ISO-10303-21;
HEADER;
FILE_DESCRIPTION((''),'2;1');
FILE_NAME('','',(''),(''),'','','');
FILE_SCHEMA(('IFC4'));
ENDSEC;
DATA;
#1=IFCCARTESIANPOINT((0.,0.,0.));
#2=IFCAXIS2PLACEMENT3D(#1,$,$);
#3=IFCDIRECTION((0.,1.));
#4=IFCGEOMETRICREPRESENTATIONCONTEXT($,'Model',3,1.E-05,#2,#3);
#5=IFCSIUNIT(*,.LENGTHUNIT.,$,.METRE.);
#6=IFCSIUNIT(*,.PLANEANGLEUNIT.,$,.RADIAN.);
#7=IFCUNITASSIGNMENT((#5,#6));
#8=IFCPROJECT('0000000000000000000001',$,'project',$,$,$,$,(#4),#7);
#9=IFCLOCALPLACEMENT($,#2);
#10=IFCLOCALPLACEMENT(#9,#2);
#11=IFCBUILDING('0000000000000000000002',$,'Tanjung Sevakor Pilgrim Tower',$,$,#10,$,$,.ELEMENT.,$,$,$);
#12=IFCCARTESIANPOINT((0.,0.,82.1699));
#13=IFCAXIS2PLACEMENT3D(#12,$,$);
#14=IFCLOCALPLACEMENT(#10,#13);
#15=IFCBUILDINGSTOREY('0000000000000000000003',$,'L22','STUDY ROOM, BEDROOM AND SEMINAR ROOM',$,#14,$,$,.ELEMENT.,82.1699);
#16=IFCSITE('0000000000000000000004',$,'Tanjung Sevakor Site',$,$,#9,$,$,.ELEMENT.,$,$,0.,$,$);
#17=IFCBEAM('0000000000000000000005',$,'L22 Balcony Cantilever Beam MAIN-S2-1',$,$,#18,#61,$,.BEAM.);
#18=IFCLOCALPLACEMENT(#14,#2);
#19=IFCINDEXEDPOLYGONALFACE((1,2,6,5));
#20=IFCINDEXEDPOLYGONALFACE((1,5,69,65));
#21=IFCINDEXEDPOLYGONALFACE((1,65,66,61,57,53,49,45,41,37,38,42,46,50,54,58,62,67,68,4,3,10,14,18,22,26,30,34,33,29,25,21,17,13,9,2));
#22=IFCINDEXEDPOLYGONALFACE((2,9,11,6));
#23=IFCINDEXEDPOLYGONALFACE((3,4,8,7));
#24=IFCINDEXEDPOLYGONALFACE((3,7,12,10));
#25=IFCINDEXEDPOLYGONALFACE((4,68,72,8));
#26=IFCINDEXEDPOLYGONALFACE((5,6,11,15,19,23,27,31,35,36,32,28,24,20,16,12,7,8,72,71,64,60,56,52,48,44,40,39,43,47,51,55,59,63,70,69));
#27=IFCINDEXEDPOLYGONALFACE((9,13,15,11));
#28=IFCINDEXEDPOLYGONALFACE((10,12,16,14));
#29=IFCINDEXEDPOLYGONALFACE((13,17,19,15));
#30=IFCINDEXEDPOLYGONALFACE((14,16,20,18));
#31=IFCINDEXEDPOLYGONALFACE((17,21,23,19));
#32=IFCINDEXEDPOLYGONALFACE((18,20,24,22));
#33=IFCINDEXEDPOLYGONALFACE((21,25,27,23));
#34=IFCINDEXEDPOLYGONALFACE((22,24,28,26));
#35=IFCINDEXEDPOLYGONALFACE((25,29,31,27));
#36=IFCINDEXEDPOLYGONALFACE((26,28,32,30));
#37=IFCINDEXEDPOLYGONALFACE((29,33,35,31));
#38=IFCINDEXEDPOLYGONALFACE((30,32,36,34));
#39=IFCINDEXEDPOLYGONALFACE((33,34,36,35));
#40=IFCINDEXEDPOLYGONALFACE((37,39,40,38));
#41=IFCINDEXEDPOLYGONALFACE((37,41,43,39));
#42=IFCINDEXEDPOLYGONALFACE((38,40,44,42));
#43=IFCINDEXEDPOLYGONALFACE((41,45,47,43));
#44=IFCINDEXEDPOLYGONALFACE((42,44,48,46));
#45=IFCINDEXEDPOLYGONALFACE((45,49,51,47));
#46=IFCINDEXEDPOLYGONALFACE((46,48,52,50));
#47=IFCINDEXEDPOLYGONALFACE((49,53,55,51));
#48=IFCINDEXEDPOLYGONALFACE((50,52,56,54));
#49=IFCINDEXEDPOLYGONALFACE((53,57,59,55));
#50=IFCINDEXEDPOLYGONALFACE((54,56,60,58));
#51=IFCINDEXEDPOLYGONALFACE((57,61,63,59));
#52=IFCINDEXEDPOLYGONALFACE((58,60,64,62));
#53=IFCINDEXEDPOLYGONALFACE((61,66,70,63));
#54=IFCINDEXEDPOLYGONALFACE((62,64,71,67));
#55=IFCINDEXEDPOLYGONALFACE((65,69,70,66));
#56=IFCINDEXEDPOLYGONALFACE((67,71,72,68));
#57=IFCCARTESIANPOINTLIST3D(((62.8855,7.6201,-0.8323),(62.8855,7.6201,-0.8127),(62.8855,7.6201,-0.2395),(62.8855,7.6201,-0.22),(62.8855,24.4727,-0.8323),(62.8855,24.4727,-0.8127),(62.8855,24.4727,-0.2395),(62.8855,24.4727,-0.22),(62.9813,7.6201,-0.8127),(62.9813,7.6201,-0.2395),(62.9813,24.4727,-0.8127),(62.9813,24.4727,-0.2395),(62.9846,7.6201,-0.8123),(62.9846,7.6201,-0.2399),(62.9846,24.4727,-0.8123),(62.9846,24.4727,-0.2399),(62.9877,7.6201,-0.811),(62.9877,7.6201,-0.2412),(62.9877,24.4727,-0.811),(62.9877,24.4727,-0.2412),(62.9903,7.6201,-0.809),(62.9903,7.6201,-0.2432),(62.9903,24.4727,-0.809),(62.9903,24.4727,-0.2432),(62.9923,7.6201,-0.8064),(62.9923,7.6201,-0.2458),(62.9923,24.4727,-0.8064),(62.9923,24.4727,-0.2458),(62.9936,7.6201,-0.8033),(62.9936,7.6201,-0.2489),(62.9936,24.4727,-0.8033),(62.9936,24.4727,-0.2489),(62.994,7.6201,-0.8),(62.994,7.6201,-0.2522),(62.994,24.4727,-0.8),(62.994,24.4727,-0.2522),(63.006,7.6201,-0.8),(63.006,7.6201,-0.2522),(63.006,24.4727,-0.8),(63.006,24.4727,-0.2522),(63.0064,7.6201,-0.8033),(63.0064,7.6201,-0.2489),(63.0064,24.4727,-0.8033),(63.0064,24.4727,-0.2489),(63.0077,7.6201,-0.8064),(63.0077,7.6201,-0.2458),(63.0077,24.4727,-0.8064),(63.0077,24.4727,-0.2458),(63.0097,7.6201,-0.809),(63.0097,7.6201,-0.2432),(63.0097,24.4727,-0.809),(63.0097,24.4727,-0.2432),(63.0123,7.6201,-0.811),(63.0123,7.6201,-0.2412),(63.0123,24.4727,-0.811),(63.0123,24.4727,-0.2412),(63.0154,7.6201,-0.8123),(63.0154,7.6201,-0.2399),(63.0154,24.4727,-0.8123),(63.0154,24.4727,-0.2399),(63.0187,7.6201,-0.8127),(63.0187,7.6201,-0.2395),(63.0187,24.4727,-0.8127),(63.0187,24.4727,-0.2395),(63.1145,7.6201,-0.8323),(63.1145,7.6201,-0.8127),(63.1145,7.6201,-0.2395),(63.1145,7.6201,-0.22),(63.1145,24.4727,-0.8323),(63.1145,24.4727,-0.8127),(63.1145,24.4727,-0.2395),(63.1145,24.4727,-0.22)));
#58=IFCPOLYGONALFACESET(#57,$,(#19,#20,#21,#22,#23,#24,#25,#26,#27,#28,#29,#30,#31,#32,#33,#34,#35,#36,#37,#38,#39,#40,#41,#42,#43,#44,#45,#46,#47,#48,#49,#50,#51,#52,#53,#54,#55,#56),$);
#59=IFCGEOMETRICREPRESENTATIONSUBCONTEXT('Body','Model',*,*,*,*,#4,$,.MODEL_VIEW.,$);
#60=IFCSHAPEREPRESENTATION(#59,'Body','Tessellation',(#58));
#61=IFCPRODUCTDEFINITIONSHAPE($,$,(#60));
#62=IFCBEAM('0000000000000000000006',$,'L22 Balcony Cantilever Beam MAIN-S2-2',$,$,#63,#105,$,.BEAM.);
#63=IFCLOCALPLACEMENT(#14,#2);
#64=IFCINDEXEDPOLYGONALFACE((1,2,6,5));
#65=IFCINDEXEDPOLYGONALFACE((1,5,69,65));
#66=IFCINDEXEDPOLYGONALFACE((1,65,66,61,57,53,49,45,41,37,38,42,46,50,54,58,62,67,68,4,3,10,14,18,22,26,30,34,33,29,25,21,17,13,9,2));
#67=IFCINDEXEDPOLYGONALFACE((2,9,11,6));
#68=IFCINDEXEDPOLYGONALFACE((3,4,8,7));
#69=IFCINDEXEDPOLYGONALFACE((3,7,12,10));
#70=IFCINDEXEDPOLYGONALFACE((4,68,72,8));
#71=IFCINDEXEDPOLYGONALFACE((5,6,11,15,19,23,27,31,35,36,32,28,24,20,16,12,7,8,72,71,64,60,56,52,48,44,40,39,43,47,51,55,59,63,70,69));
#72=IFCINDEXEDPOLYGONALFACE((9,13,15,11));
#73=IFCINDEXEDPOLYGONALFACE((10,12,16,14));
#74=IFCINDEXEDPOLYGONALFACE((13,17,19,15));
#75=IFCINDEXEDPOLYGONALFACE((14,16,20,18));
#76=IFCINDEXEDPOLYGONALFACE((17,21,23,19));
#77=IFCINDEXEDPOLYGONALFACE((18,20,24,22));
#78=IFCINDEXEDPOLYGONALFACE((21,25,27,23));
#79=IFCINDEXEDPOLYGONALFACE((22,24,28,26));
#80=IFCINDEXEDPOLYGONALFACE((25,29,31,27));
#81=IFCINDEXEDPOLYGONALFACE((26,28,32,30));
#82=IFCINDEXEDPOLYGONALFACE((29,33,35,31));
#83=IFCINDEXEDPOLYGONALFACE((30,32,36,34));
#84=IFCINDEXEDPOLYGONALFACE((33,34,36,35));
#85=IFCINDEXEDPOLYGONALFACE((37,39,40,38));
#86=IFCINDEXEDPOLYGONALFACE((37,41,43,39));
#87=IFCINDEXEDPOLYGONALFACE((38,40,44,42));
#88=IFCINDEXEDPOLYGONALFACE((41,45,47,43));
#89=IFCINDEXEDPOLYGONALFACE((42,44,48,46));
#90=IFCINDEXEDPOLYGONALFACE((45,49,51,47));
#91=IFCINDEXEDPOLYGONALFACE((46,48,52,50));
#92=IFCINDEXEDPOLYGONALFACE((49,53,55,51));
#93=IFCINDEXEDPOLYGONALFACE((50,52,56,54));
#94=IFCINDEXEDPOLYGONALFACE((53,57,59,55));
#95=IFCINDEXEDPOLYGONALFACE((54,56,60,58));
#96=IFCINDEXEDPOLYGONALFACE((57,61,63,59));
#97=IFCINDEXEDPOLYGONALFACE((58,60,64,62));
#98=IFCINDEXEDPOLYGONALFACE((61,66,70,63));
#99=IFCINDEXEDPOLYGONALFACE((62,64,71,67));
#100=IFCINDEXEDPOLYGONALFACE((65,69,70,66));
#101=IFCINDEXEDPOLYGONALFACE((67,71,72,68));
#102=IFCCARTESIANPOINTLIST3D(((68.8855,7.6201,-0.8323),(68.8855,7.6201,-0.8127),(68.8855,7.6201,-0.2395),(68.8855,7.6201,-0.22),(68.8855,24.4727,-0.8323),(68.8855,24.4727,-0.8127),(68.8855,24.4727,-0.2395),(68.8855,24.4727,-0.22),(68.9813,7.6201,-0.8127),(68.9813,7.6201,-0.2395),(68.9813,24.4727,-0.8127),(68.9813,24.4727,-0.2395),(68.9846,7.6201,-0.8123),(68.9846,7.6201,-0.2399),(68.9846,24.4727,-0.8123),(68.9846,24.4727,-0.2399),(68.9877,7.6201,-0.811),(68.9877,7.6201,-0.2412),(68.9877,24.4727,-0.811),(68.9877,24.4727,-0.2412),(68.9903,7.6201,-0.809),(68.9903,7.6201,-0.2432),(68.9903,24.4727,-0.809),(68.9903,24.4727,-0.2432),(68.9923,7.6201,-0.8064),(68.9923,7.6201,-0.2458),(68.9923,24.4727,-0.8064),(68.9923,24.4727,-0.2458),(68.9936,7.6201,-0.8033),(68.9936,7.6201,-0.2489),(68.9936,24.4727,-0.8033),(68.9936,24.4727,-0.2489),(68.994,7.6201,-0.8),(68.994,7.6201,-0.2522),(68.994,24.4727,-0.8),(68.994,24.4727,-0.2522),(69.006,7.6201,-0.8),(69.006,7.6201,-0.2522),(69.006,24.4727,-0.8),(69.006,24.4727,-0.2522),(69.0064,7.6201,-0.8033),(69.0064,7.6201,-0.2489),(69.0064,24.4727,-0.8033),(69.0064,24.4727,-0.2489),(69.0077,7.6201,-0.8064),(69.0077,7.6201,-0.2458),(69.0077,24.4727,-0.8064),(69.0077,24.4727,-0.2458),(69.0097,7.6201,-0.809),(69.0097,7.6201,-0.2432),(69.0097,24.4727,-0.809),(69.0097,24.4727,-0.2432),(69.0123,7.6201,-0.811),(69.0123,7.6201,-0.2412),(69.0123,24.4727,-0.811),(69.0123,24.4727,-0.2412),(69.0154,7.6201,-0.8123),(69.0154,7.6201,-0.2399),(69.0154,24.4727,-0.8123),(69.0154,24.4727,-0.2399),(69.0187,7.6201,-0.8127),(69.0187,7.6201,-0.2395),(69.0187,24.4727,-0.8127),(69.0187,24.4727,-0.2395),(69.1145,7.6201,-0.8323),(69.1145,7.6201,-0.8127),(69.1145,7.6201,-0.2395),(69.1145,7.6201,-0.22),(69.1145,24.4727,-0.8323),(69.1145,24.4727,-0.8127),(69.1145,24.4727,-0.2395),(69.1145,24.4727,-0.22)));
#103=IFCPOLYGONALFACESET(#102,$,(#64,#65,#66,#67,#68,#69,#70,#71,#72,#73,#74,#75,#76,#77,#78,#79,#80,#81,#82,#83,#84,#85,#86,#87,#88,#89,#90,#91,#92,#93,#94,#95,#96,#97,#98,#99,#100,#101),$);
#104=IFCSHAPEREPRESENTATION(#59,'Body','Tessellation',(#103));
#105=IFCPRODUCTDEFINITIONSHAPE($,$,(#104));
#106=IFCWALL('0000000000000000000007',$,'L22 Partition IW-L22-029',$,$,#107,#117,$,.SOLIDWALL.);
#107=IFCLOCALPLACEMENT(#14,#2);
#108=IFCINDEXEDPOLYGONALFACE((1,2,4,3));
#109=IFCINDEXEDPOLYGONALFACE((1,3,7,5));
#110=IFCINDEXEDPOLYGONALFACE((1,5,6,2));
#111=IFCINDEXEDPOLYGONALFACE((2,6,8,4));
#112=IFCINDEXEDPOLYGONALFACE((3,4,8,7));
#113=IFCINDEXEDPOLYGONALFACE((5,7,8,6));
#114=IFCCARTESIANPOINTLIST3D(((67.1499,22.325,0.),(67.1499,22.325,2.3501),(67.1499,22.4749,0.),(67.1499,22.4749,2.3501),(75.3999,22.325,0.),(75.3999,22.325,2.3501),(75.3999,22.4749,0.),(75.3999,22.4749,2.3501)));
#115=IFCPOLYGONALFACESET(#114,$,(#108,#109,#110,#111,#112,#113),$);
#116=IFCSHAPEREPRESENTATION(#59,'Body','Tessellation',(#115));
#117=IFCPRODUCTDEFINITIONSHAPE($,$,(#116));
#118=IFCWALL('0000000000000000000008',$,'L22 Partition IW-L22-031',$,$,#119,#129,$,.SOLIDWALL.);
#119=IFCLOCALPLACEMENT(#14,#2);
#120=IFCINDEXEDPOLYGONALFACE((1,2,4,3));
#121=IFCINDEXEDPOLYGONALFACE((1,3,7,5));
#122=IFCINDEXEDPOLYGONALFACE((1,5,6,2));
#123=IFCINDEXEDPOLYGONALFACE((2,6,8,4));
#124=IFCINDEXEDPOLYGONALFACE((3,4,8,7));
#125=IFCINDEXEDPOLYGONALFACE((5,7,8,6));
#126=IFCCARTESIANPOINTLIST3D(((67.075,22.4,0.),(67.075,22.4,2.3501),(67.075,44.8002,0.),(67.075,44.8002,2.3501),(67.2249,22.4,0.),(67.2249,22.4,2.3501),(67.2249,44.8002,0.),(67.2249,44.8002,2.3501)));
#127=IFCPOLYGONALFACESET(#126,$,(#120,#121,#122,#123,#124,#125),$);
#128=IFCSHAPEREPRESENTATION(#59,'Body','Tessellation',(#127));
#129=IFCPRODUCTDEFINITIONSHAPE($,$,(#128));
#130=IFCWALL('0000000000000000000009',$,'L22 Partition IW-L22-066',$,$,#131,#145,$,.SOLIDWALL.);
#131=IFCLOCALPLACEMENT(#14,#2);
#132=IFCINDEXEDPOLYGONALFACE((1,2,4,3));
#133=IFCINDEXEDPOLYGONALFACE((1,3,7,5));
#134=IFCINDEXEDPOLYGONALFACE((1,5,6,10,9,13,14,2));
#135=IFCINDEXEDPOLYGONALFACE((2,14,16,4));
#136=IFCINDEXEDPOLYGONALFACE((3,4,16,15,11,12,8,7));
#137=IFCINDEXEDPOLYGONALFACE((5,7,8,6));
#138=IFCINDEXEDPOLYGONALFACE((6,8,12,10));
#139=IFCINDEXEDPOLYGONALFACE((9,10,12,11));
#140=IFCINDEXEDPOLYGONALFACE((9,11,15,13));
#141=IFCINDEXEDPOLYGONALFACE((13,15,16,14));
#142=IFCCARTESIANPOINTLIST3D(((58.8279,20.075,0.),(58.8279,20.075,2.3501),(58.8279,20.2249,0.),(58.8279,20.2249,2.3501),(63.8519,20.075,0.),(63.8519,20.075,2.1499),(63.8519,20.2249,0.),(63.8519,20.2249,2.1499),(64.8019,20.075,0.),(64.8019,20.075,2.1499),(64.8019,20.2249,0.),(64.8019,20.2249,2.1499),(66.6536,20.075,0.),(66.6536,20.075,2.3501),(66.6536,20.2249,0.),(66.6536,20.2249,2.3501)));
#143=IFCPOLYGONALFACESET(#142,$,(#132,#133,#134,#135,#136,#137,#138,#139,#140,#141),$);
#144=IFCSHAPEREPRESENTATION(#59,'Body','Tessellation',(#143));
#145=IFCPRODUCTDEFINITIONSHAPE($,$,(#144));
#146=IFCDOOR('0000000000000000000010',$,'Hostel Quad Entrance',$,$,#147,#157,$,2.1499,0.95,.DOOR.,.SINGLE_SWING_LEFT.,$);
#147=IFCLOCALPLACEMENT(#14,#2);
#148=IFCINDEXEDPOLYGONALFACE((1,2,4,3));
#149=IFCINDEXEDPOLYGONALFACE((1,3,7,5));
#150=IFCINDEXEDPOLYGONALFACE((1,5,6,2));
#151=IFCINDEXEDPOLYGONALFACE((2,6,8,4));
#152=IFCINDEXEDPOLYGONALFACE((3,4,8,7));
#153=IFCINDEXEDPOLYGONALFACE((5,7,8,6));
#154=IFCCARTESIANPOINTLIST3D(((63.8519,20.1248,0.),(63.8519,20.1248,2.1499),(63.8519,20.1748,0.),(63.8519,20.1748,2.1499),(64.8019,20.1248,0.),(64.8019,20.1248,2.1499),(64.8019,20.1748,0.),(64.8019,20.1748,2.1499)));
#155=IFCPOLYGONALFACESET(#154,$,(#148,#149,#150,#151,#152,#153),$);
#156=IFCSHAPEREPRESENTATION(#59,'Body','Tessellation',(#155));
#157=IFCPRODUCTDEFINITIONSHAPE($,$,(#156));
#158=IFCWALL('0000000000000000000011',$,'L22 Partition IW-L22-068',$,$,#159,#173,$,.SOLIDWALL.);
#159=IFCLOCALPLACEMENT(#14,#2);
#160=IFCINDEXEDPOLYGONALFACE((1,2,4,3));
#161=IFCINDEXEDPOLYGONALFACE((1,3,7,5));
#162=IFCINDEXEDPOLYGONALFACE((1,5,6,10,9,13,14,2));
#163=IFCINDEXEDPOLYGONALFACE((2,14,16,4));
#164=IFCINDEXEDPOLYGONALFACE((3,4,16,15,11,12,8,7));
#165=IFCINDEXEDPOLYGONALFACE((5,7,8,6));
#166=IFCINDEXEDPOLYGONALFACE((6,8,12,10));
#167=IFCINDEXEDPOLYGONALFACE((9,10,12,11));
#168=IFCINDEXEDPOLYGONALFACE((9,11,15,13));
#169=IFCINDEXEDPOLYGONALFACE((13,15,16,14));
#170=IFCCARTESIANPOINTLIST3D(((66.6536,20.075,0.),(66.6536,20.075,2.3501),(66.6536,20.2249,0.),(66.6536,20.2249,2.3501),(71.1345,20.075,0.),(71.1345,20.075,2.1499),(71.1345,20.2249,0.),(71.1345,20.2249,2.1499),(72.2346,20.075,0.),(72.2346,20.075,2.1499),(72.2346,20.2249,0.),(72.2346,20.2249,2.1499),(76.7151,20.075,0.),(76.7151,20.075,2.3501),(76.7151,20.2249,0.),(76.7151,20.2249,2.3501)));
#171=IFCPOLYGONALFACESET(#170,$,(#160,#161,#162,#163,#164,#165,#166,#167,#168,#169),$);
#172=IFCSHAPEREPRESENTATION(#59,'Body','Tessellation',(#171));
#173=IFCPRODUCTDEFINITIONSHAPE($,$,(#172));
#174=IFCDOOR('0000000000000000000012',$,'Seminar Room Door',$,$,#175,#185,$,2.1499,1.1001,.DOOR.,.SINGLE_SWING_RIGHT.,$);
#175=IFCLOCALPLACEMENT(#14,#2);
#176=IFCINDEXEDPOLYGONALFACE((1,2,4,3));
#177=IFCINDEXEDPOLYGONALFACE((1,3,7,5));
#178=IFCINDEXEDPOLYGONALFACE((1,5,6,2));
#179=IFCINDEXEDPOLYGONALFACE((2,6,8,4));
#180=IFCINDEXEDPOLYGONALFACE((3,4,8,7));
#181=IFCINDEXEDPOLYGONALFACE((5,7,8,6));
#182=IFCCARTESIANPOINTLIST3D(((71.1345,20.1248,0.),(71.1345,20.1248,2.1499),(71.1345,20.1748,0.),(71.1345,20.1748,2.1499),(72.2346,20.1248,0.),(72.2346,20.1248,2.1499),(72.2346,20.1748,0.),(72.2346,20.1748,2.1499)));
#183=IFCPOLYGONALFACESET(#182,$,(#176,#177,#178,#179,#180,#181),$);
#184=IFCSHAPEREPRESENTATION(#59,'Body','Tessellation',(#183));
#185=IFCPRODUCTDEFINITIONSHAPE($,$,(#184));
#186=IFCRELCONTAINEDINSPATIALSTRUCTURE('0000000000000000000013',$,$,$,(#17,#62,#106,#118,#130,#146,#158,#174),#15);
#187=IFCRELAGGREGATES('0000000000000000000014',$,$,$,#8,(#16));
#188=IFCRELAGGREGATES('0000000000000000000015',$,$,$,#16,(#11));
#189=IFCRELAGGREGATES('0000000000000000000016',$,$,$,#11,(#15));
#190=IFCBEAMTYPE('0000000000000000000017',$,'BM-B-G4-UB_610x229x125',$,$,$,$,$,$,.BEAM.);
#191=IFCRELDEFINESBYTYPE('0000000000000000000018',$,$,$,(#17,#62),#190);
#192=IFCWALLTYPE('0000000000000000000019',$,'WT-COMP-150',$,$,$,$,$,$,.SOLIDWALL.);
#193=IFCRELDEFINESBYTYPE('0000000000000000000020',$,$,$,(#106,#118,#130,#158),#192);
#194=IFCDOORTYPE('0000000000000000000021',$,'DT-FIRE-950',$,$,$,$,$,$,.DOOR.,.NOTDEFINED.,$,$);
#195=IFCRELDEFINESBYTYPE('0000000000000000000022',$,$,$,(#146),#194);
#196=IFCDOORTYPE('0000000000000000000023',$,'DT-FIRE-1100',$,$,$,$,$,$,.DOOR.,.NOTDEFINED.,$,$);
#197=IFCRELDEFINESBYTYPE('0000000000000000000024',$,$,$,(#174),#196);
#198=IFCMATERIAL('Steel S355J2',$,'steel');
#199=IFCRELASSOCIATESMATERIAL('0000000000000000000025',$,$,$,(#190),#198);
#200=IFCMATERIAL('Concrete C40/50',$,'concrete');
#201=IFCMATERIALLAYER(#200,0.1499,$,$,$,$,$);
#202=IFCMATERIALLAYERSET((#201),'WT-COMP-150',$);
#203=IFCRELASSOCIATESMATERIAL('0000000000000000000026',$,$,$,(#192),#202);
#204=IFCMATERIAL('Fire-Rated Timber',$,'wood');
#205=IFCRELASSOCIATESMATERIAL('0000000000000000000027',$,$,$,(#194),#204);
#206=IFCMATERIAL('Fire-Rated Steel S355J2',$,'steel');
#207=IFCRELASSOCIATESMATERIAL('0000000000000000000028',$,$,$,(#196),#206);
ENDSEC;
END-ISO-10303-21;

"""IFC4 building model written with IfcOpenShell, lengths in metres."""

from ifc_helpers import new_model, si_unit, direction, frame, frame_2d, origin, origin_2d, place, context, subcontext, project, spatial, rectangle, i_section, extrude, material, layer, layer_set, material_profile, profile_set, type_object, element, fill, save


model = new_model("IFC4")

# Units and contexts
model_context = context("Model", 3, precision=1e-05, world=origin(), true_north=direction((0.0, 1.0)))
body_context = subcontext(model_context, "Body", "Model", "MODEL_VIEW")
ifc_project = project(units=[si_unit("LENGTHUNIT", "METRE"), si_unit("PLANEANGLEUNIT", "RADIAN")], contexts=[model_context])

# Site, building, storey
site_placement = place(None, origin())
site = spatial("IfcSite", under=ifc_project, at=site_placement, Name="Tanjung Sevakor Site", CompositionType="ELEMENT", RefElevation=0.0)
building_placement = place(site_placement, origin())
building = spatial("IfcBuilding", under=site, at=building_placement, Name="Tanjung Sevakor Pilgrim Tower", CompositionType="ELEMENT")
storey_placement = place(building_placement, frame((0.0, 0.0, 82.1699)))
storey = spatial("IfcBuildingStorey", under=building, at=storey_placement, Name="L22", Description="STUDY ROOM, BEDROOM AND SEMINAR ROOM", CompositionType="ELEMENT", Elevation=82.1699)

# Beams
ifc_material_1 = material(Name="Steel S355J2", Category="steel")
ifc_material_profile_1 = material_profile(ifc_material_1, i_section(OverallWidth=0.229, OverallDepth=0.6123, WebThickness=0.012, FlangeThickness=0.0195, FilletRadius=0.0127, at=origin_2d()))
ifc_profile_set_1 = profile_set([ifc_material_profile_1], Name="Steel S355J2")
beam_type_1 = type_object("IfcBeamType", Name="BM-B-G4-UB_610x229x125", PredefinedType="BEAM", material=ifc_profile_set_1)
for number, where, z_axis, x_axis, name in (
    (1, (63.0, 24.4727, -0.5261), (0.0, -1.0, 0.0), (1.0, 0.0, 0.0), "L22 Balcony Cantilever Beam MAIN-S2-1"),
    (2, (69.0, 24.4727, -0.5261), (0.0, -1.0, 0.0), (1.0, 0.0, 0.0), "L22 Balcony Cantilever Beam MAIN-S2-2"),
):
    element("IfcBeam", number, at=place(storey_placement, frame(where, z_axis=z_axis, x_axis=x_axis)), inside=storey, type_object=beam_type_1, Name=name, PredefinedType="BEAM", context=body_context, shape_type="SweptSolid", body=[
        extrude(i_section(OverallWidth=0.229, OverallDepth=0.6123, WebThickness=0.012, FlangeThickness=0.0195, FilletRadius=0.0127, at=origin_2d()), origin(), (0.0, 0.0, 1.0), 16.8525),
    ])

# Walls
ifc_material_2 = material(Name="Concrete C40/50", Category="concrete")
ifc_layer_1 = layer(ifc_material_2, 0.1499)
ifc_layer_set_1 = layer_set([ifc_layer_1], Name="WT-COMP-150")
wall_type_1 = type_object("IfcWallType", Name="WT-COMP-150", PredefinedType="SOLIDWALL", material=ifc_layer_set_1)
wall_1_placement = place(storey_placement, frame((67.1499, 22.3999, 0.0), z_axis=(0.0, 0.0, 1.0), x_axis=(1.0, 0.0, 0.0)))
element("IfcWall", 3, at=wall_1_placement, inside=storey, type_object=wall_type_1, Name="L22 Partition IW-L22-029", PredefinedType="SOLIDWALL", context=body_context, shape_type="SweptSolid", body=[
    extrude(rectangle(XDim=8.25, YDim=0.1499, at=frame_2d((4.125, 0.0))), origin(), (0.0, 0.0, 1.0), 2.3501),
])
wall_2_placement = place(storey_placement, frame((67.1499, 22.3999, 0.0), z_axis=(0.0, 0.0, 1.0), x_axis=(0.0, 1.0, 0.0)))
element("IfcWall", 4, at=wall_2_placement, inside=storey, type_object=wall_type_1, Name="L22 Partition IW-L22-031", PredefinedType="SOLIDWALL", context=body_context, shape_type="SweptSolid", body=[
    extrude(rectangle(XDim=22.4001, YDim=0.1499, at=frame_2d((11.2002, 0.0))), origin(), (0.0, 0.0, 1.0), 2.3501),
])

# Walls, openings, doors
wall_3_placement = place(storey_placement, frame((58.8279, 20.1499, 0.0), z_axis=(0.0, 0.0, 1.0), x_axis=(1.0, 0.0, 0.0)))
wall_3 = element("IfcWall", 5, at=wall_3_placement, inside=storey, type_object=wall_type_1, Name="L22 Partition IW-L22-066", PredefinedType="SOLIDWALL", context=body_context, shape_type="SweptSolid", body=[
    extrude(rectangle(XDim=7.8257, YDim=0.1499, at=frame_2d((3.9128, 0.0))), origin(), (0.0, 0.0, 1.0), 2.3501),
])
opening_1_placement = place(wall_3_placement, frame((5.0239, 0.0, 0.0)))
opening_1 = element("IfcOpeningElement", 6, at=opening_1_placement, cuts=wall_3, PredefinedType="OPENING", context=body_context, shape_type="SweptSolid", body=[
    extrude(rectangle(XDim=0.95, YDim=2.1499, at=frame_2d((0.4751, 1.075))), frame((0.0, 0.085, 0.0), z_axis=(0.0, -1.0, 0.0), x_axis=(1.0, 0.0, 0.0)), (0.0, 0.0, 1.0), 0.1699),
])
ifc_material_3 = material(Name="Fire-Rated Timber", Category="wood")
door_type_1 = type_object("IfcDoorType", Name="DT-FIRE-950", OperationType="NOTDEFINED", PredefinedType="DOOR", material=ifc_material_3)
door_1_placement = place(opening_1_placement, origin())
door_1 = element("IfcDoor", 7, at=door_1_placement, inside=storey, type_object=door_type_1, Name="Hostel Quad Entrance", OperationType="SINGLE_SWING_LEFT", OverallHeight=2.1499, OverallWidth=0.95, PredefinedType="DOOR", context=body_context, shape_type="SweptSolid", body=[
    extrude(rectangle(XDim=0.95, YDim=2.1499, at=frame_2d((0.4751, 1.075))), frame((0.0, 0.0249, 0.0), z_axis=(0.0, -1.0, 0.0), x_axis=(1.0, 0.0, 0.0)), (0.0, 0.0, 1.0), 0.05),
])
fill(opening_1, door_1)
wall_4_placement = place(storey_placement, frame((66.6536, 20.1499, 0.0), z_axis=(0.0, 0.0, 1.0), x_axis=(1.0, 0.0, 0.0)))
wall_4 = element("IfcWall", 8, at=wall_4_placement, inside=storey, type_object=wall_type_1, Name="L22 Partition IW-L22-068", PredefinedType="SOLIDWALL", context=body_context, shape_type="SweptSolid", body=[
    extrude(rectangle(XDim=10.0615, YDim=0.1499, at=frame_2d((5.0308, 0.0))), origin(), (0.0, 0.0, 1.0), 2.3501),
])
opening_2_placement = place(wall_4_placement, frame((4.481, 0.0, 0.0)))
opening_2 = element("IfcOpeningElement", 9, at=opening_2_placement, cuts=wall_4, PredefinedType="OPENING", context=body_context, shape_type="SweptSolid", body=[
    extrude(rectangle(XDim=1.1001, YDim=2.1499, at=frame_2d((0.55, 1.075))), frame((0.0, 0.085, 0.0), z_axis=(0.0, -1.0, 0.0), x_axis=(1.0, 0.0, 0.0)), (0.0, 0.0, 1.0), 0.1699),
])
ifc_material_4 = material(Name="Fire-Rated Steel S355J2", Category="steel")
door_type_2 = type_object("IfcDoorType", Name="DT-FIRE-1100", OperationType="NOTDEFINED", PredefinedType="DOOR", material=ifc_material_4)
door_2_placement = place(opening_2_placement, origin())
door_2 = element("IfcDoor", 10, at=door_2_placement, inside=storey, type_object=door_type_2, Name="Seminar Room Door", OperationType="SINGLE_SWING_RIGHT", OverallHeight=2.1499, OverallWidth=1.1001, PredefinedType="DOOR", context=body_context, shape_type="SweptSolid", body=[
    extrude(rectangle(XDim=1.1001, YDim=2.1499, at=frame_2d((0.55, 1.075))), frame((0.0, 0.0249, 0.0), z_axis=(0.0, -1.0, 0.0), x_axis=(1.0, 0.0, 0.0)), (0.0, 0.0, 1.0), 0.05),
])
fill(opening_2, door_2)

save(model, "model.ifc")
